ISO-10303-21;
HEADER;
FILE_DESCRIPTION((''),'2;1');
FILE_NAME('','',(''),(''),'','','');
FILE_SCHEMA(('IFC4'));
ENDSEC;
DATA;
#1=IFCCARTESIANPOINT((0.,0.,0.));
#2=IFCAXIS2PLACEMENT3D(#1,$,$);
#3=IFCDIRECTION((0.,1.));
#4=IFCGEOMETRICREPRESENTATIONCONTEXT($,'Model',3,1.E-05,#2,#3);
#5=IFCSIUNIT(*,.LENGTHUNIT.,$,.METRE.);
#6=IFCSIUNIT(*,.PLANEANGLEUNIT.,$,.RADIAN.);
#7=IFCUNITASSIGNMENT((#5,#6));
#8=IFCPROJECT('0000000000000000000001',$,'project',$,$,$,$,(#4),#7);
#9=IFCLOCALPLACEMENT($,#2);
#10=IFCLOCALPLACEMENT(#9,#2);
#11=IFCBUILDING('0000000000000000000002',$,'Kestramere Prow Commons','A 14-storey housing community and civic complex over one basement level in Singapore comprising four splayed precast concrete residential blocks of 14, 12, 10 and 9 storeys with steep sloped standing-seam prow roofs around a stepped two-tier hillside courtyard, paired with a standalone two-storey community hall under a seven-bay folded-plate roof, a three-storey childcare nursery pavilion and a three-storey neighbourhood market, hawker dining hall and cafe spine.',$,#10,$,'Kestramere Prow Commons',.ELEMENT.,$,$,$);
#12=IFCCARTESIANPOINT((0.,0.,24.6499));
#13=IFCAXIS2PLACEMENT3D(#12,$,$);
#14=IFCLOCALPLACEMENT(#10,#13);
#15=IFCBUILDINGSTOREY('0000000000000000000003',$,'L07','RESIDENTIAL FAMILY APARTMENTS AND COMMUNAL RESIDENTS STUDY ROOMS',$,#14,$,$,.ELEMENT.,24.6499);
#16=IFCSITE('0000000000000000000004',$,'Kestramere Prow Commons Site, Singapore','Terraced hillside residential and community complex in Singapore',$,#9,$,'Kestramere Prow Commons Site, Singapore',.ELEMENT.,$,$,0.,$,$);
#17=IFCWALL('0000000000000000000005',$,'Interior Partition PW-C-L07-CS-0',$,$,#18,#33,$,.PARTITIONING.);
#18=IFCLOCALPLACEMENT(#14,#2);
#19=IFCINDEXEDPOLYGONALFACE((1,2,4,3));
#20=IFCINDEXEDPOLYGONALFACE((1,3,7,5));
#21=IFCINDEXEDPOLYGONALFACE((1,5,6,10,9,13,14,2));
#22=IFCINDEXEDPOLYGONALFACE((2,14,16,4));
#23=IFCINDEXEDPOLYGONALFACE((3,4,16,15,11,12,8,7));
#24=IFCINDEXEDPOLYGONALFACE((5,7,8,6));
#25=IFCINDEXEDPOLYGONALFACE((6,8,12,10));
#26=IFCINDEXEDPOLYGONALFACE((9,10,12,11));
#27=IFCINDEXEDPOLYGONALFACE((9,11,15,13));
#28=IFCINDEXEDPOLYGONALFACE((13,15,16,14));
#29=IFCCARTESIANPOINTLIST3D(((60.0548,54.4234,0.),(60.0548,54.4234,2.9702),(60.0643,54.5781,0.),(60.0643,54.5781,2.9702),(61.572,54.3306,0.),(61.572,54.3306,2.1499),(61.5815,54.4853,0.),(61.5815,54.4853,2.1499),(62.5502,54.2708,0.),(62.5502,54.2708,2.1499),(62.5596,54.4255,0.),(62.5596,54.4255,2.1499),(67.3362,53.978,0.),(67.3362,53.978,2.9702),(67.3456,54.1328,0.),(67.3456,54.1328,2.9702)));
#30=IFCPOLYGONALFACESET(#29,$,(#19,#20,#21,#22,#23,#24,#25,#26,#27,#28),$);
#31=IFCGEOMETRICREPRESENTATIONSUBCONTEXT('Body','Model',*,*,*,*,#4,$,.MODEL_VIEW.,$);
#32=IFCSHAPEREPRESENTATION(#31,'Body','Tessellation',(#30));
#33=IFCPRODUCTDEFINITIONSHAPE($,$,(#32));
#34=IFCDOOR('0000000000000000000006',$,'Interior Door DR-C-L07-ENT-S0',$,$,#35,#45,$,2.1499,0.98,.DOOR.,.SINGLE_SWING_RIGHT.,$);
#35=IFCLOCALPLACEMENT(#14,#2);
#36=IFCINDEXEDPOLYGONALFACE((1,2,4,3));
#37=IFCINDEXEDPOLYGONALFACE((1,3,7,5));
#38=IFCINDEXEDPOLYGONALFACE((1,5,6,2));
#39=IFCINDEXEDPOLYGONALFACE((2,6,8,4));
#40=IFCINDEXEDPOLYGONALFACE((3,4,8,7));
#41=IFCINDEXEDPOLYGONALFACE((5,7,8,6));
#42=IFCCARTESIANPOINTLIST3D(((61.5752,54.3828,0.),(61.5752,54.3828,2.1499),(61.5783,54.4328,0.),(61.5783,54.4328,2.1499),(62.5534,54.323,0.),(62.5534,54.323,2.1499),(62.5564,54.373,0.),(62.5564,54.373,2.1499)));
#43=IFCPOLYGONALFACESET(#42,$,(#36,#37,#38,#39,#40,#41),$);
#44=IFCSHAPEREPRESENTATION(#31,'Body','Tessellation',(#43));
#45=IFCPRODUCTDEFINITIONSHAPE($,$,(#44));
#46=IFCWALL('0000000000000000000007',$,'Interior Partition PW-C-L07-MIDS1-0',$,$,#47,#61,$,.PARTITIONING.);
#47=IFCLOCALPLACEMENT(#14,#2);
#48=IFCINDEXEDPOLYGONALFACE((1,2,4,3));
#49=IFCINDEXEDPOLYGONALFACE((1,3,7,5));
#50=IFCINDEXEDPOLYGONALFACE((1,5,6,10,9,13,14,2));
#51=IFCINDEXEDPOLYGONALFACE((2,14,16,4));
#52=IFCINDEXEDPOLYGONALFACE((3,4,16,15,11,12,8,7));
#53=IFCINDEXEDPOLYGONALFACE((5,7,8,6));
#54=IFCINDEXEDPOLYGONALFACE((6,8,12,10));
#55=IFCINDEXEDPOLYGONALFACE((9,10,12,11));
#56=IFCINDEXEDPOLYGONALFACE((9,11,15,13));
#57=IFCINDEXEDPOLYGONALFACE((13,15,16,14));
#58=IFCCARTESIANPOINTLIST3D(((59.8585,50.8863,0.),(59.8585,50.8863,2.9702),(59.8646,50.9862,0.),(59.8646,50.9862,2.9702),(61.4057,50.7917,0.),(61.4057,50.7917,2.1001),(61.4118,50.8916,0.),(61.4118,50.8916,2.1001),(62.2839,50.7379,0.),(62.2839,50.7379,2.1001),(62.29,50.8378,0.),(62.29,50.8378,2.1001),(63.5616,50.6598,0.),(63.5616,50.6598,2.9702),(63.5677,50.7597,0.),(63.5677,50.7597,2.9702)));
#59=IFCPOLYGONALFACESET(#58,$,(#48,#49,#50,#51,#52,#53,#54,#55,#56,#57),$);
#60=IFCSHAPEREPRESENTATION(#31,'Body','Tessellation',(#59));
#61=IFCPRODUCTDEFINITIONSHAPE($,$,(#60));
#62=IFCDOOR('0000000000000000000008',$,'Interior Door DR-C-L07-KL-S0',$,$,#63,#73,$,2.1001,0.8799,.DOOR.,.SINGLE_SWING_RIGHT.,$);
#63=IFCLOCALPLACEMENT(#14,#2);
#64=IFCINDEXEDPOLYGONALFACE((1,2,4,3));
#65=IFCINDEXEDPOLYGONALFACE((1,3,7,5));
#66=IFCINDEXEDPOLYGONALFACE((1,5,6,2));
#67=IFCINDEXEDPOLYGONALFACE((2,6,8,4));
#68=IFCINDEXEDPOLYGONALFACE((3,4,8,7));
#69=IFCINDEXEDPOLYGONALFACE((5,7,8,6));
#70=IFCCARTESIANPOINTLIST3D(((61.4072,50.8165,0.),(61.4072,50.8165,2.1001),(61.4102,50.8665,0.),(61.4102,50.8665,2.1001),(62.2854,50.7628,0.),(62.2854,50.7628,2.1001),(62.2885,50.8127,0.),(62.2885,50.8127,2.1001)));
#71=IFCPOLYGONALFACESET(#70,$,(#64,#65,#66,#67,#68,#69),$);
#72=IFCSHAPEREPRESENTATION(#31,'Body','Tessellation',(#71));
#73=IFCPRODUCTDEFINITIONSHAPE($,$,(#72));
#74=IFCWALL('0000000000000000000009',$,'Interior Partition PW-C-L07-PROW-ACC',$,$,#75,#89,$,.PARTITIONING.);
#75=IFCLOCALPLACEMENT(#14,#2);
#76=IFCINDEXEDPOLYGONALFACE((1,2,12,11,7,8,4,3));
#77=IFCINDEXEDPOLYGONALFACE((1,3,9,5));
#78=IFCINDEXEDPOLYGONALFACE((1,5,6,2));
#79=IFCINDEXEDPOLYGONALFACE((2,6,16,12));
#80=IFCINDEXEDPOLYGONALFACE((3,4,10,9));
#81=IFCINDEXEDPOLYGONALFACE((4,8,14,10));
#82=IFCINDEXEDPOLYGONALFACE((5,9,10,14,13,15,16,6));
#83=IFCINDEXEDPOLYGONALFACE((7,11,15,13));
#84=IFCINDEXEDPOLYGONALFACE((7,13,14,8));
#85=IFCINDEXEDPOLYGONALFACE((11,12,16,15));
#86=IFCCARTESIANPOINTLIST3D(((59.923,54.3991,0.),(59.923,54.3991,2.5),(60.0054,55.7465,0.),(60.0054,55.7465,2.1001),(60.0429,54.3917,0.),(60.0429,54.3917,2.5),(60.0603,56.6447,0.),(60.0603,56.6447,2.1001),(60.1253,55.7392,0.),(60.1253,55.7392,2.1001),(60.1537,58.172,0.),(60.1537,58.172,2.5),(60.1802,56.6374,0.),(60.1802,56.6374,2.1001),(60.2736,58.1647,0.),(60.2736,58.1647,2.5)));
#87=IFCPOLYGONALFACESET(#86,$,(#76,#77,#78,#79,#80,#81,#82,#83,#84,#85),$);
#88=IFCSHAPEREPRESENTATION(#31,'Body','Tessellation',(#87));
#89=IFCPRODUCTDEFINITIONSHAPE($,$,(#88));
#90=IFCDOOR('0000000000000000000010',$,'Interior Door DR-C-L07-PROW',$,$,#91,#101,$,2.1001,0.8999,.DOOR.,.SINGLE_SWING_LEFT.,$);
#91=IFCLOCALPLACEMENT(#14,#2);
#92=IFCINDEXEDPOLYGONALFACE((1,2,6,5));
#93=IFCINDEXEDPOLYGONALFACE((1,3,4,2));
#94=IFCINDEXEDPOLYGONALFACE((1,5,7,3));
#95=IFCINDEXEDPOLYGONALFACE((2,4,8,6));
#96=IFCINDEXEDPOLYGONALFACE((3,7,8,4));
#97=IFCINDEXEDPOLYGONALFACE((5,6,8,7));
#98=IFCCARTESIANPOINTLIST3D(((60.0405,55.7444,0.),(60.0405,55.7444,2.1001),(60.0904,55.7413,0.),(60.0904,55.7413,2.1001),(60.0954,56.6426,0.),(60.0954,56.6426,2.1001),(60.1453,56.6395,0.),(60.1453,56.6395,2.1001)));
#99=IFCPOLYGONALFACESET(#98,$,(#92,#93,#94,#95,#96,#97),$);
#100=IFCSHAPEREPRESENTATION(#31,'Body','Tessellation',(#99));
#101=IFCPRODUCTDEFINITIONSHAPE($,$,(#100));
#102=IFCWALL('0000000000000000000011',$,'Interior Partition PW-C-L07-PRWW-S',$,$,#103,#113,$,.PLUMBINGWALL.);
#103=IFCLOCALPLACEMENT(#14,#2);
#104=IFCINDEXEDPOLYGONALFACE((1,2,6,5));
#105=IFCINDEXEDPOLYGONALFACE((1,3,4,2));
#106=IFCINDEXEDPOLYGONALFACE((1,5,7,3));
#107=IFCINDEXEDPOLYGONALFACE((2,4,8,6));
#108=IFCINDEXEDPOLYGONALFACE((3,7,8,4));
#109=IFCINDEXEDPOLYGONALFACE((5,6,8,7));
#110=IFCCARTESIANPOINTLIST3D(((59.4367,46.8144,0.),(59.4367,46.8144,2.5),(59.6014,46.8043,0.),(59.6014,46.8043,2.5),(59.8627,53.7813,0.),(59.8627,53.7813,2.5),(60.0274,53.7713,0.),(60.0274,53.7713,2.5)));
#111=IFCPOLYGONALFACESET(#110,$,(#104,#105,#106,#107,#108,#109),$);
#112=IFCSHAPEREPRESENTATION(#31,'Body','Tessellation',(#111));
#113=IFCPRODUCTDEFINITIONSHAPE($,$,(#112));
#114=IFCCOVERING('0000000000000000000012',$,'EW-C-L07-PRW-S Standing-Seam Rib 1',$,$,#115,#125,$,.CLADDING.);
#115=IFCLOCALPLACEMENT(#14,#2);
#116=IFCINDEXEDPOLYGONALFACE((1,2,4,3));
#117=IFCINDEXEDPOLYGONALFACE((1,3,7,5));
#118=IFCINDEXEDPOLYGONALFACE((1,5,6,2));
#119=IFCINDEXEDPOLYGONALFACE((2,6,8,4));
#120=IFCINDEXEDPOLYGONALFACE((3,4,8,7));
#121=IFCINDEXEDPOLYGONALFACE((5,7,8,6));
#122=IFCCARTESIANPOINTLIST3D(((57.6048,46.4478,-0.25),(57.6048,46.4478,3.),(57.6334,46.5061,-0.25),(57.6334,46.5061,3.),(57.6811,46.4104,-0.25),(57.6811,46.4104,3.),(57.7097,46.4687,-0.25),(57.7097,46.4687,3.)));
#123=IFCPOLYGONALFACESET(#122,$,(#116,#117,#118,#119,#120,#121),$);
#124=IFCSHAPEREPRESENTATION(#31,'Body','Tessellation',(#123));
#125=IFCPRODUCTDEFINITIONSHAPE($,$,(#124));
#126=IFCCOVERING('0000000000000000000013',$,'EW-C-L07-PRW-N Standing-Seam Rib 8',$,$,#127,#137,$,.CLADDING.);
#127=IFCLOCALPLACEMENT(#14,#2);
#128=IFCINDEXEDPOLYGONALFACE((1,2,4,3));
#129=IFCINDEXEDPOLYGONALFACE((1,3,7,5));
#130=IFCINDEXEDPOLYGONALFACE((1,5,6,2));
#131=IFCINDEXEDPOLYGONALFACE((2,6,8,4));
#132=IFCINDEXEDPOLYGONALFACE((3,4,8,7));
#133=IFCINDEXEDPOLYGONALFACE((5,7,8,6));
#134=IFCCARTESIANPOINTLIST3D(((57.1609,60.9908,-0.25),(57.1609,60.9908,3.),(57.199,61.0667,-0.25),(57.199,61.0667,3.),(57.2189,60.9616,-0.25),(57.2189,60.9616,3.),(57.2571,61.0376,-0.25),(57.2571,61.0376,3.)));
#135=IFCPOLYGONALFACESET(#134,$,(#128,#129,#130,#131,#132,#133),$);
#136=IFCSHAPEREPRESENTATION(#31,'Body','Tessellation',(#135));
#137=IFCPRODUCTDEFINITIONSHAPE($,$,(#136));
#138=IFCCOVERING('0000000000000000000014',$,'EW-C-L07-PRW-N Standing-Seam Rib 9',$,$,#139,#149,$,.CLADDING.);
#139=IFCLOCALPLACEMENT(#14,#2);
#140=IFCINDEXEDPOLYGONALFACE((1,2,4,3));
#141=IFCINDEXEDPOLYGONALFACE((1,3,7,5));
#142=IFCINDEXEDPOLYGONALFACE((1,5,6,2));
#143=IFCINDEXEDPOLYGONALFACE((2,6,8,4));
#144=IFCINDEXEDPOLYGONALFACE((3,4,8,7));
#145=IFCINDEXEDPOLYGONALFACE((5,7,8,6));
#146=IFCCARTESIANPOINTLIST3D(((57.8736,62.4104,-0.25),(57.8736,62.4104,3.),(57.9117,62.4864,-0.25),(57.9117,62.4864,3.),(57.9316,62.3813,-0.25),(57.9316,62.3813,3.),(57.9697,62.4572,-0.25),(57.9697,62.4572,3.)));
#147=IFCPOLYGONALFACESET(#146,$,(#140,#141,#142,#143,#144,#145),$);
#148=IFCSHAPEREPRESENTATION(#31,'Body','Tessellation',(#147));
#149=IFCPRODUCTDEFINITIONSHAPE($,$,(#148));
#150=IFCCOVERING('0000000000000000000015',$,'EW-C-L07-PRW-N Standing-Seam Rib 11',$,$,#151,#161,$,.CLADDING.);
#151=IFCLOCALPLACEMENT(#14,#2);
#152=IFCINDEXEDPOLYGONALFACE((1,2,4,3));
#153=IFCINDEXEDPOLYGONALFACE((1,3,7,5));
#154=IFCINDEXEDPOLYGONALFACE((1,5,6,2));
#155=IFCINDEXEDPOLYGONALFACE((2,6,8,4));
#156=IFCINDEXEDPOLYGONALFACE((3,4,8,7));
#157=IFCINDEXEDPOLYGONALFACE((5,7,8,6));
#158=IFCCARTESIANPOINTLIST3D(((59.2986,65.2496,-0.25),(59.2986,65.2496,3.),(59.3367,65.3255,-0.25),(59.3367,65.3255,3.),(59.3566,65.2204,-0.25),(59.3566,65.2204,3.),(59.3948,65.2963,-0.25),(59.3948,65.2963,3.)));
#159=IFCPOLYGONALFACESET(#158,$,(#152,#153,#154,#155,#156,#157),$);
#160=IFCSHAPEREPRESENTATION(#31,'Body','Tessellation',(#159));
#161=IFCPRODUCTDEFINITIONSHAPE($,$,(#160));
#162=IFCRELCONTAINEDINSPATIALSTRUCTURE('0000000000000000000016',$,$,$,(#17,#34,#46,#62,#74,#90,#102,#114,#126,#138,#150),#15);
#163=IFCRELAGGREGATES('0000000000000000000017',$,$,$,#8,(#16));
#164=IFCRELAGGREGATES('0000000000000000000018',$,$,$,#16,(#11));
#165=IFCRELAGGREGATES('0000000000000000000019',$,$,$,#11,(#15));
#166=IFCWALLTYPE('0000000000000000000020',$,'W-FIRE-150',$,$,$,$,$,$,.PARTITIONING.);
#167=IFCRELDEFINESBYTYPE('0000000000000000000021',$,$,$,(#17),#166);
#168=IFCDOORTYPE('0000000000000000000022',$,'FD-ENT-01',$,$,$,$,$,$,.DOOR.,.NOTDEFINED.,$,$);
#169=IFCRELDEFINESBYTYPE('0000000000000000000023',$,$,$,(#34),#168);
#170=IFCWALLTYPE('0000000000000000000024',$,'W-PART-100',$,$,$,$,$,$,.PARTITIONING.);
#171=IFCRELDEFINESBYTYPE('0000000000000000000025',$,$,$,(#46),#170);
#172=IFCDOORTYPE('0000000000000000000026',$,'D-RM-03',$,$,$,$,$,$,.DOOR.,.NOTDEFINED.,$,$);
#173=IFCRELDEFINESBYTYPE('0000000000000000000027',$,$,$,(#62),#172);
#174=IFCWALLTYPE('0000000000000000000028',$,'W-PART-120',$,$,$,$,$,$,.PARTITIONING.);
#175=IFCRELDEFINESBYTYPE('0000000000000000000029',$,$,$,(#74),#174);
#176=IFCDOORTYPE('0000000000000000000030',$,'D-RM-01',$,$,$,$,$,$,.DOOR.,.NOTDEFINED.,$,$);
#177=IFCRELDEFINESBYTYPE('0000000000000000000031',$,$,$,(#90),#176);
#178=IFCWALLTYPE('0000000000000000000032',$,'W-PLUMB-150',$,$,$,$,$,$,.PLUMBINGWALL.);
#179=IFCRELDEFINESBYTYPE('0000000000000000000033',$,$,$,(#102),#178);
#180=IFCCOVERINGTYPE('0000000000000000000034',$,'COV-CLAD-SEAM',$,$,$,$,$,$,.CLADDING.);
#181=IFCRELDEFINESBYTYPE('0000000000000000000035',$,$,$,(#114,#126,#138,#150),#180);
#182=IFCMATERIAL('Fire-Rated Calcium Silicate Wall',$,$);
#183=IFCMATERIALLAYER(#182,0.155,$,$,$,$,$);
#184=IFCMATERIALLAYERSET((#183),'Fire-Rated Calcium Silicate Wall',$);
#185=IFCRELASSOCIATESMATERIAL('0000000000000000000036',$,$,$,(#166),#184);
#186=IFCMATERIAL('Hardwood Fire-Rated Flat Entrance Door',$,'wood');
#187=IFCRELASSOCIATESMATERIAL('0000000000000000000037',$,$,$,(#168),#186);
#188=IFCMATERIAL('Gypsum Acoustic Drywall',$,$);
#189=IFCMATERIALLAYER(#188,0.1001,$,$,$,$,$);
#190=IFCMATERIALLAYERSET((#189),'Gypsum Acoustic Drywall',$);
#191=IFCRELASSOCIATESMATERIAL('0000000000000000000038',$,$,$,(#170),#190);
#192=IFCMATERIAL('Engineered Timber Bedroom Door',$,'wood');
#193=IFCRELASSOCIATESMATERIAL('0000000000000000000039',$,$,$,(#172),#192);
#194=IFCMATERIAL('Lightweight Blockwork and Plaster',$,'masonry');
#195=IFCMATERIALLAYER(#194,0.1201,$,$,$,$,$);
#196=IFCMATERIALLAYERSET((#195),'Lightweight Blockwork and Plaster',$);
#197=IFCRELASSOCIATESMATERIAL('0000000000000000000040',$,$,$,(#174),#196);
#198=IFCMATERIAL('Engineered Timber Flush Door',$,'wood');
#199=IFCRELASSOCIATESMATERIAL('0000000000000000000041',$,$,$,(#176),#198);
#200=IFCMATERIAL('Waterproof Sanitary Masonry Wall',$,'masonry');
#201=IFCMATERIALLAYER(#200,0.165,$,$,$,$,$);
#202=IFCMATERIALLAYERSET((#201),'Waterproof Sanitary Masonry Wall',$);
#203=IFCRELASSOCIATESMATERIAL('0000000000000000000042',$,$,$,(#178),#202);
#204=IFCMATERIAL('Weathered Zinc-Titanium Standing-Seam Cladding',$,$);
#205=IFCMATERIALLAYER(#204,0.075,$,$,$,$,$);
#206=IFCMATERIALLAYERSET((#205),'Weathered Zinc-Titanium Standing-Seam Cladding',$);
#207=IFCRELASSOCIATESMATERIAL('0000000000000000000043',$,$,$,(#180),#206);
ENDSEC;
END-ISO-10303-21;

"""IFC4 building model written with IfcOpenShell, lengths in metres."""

from ifc_helpers import new_model, si_unit, direction, frame, frame_2d, origin, origin_2d, place, context, subcontext, project, spatial, rectangle, extrude, material, layer, layer_set, type_object, element, fill, save


model = new_model("IFC4")

# Units and contexts
model_context = context("Model", 3, precision=1e-05, world=origin(), true_north=direction((0.0, 1.0)))
body_context = subcontext(model_context, "Body", "Model", "MODEL_VIEW")
ifc_project = project(units=[si_unit("LENGTHUNIT", "METRE"), si_unit("PLANEANGLEUNIT", "RADIAN")], contexts=[model_context])

# Site, building, storey
site_placement = place(None, origin())
site = spatial("IfcSite", under=ifc_project, at=site_placement, Name="Kestramere Prow Commons Site, Singapore", Description="Terraced hillside residential and community complex in Singapore", LongName="Kestramere Prow Commons Site, Singapore", CompositionType="ELEMENT", RefElevation=0.0)
building_placement = place(site_placement, origin())
building = spatial("IfcBuilding", under=site, at=building_placement, Name="Kestramere Prow Commons", Description="A 14-storey housing community and civic complex over one basement level in Singapore comprising four splayed precast concrete residential blocks of 14, 12, 10 and 9 storeys with steep sloped standing-seam prow roofs around a stepped two-tier hillside courtyard, paired with a standalone two-storey community hall under a seven-bay folded-plate roof, a three-storey childcare nursery pavilion and a three-storey neighbourhood market, hawker dining hall and cafe spine.", LongName="Kestramere Prow Commons", CompositionType="ELEMENT")
storey_placement = place(building_placement, frame((0.0, 0.0, 24.6499)))
storey = spatial("IfcBuildingStorey", under=building, at=storey_placement, Name="L07", Description="RESIDENTIAL FAMILY APARTMENTS AND COMMUNAL RESIDENTS STUDY ROOMS", CompositionType="ELEMENT", Elevation=24.6499)

# Shared definitions
ifc_material_1 = material(Name="Weathered Zinc-Titanium Standing-Seam Cladding")

# Walls, openings, doors
ifc_material_2 = material(Name="Fire-Rated Calcium Silicate Wall")
ifc_layer_1 = layer(ifc_material_2, 0.155)
ifc_layer_set_1 = layer_set([ifc_layer_1], Name="Fire-Rated Calcium Silicate Wall")
wall_type_1 = type_object("IfcWallType", Name="W-FIRE-150", PredefinedType="PARTITIONING", material=ifc_layer_set_1)
wall_1_placement = place(storey_placement, frame((60.0596, 54.5007, 0.0), z_axis=(0.0, 0.0, 1.0), x_axis=(0.998135, -0.061045, 0.0)))
wall_1 = element("IfcWall", 1, at=wall_1_placement, inside=storey, type_object=wall_type_1, Name="Interior Partition PW-C-L07-CS-0", PredefinedType="PARTITIONING", context=body_context, shape_type="SweptSolid", body=[
    extrude(rectangle(XDim=7.2949, YDim=0.155, at=frame_2d((3.6475, 0.0))), origin(), (0.0, 0.0, 1.0), 2.9702),
])
opening_1_placement = place(wall_1_placement, frame((1.52, 0.0, 0.0)))
opening_1 = element("IfcOpeningElement", 2, at=opening_1_placement, cuts=wall_1, PredefinedType="OPENING", context=body_context, shape_type="SweptSolid", body=[
    extrude(rectangle(XDim=0.98, YDim=2.1499, at=frame_2d((0.49, 1.075))), frame((0.0, 0.0925, 0.0), z_axis=(0.0, -1.0, 0.0), x_axis=(1.0, 0.0, 0.0)), (0.0, 0.0, 1.0), 0.1851),
])
ifc_material_3 = material(Name="Hardwood Fire-Rated Flat Entrance Door", Category="wood")
door_type_1 = type_object("IfcDoorType", Name="FD-ENT-01", OperationType="NOTDEFINED", PredefinedType="DOOR", material=ifc_material_3)
door_1_placement = place(opening_1_placement, origin())
door_1 = element("IfcDoor", 3, at=door_1_placement, inside=storey, type_object=door_type_1, Name="Interior Door DR-C-L07-ENT-S0", OperationType="SINGLE_SWING_RIGHT", OverallHeight=2.1499, OverallWidth=0.98, PredefinedType="DOOR", context=body_context, shape_type="SweptSolid", body=[
    extrude(rectangle(XDim=0.98, YDim=2.1499, at=frame_2d((0.49, 1.075))), frame((0.0, 0.0249, 0.0), z_axis=(0.0, -1.0, 0.0), x_axis=(1.0, 0.0, 0.0)), (0.0, 0.0, 1.0), 0.05),
])
fill(opening_1, door_1)
ifc_material_4 = material(Name="Gypsum Acoustic Drywall")
ifc_layer_2 = layer(ifc_material_4, 0.1001)
ifc_layer_set_2 = layer_set([ifc_layer_2], Name="Gypsum Acoustic Drywall")
wall_type_2 = type_object("IfcWallType", Name="W-PART-100", PredefinedType="PARTITIONING", material=ifc_layer_set_2)
wall_2_placement = place(storey_placement, frame((59.8616, 50.9363, 0.0), z_axis=(0.0, 0.0, 1.0), x_axis=(0.998134, -0.061067, 0.0)))
wall_2 = element("IfcWall", 4, at=wall_2_placement, inside=storey, type_object=wall_type_2, Name="Interior Partition PW-C-L07-MIDS1-0", PredefinedType="PARTITIONING", context=body_context, shape_type="SweptSolid", body=[
    extrude(rectangle(XDim=3.71, YDim=0.1001, at=frame_2d((1.855, 0.0))), origin(), (0.0, 0.0, 1.0), 2.9702),
])
opening_2_placement = place(wall_2_placement, frame((1.55, 0.0, 0.0)))
opening_2 = element("IfcOpeningElement", 5, at=opening_2_placement, cuts=wall_2, PredefinedType="OPENING", context=body_context, shape_type="SweptSolid", body=[
    extrude(rectangle(XDim=0.8799, YDim=2.1001, at=frame_2d((0.4399, 1.05))), frame((0.0, 0.0649, 0.0), z_axis=(0.0, -1.0, 0.0), x_axis=(1.0, 0.0, 0.0)), (0.0, 0.0, 1.0), 0.1301),
])
ifc_material_5 = material(Name="Engineered Timber Bedroom Door", Category="wood")
door_type_2 = type_object("IfcDoorType", Name="D-RM-03", OperationType="NOTDEFINED", PredefinedType="DOOR", material=ifc_material_5)
door_2_placement = place(opening_2_placement, origin())
door_2 = element("IfcDoor", 6, at=door_2_placement, inside=storey, type_object=door_type_2, Name="Interior Door DR-C-L07-KL-S0", OperationType="SINGLE_SWING_RIGHT", OverallHeight=2.1001, OverallWidth=0.8799, PredefinedType="DOOR", context=body_context, shape_type="SweptSolid", body=[
    extrude(rectangle(XDim=0.8799, YDim=2.1001, at=frame_2d((0.4399, 1.05))), frame((0.0, 0.0249, 0.0), z_axis=(0.0, -1.0, 0.0), x_axis=(1.0, 0.0, 0.0)), (0.0, 0.0, 1.0), 0.05),
])
fill(opening_2, door_2)
ifc_material_6 = material(Name="Lightweight Blockwork and Plaster", Category="masonry")
ifc_layer_3 = layer(ifc_material_6, 0.1201)
ifc_layer_set_3 = layer_set([ifc_layer_3], Name="Lightweight Blockwork and Plaster")
wall_type_3 = type_object("IfcWallType", Name="W-PART-120", PredefinedType="PARTITIONING", material=ifc_layer_set_3)
wall_3_placement = place(storey_placement, frame((59.9829, 54.3953, 0.0), z_axis=(0.0, 0.0, 1.0), x_axis=(0.061035, 0.998136, 0.0)))
wall_3 = element("IfcWall", 7, at=wall_3_placement, inside=storey, type_object=wall_type_3, Name="Interior Partition PW-C-L07-PROW-ACC", PredefinedType="PARTITIONING", context=body_context, shape_type="SweptSolid", body=[
    extrude(rectangle(XDim=3.78, YDim=0.1201, at=frame_2d((1.8901, 0.0))), origin(), (0.0, 0.0, 1.0), 2.5),
])
opening_3_placement = place(wall_3_placement, frame((1.3501, 0.0, 0.0)))
opening_3 = element("IfcOpeningElement", 8, at=opening_3_placement, cuts=wall_3, PredefinedType="OPENING", context=body_context, shape_type="SweptSolid", body=[
    extrude(rectangle(XDim=0.8999, YDim=2.1001, at=frame_2d((0.45, 1.05))), frame((0.0, 0.075, 0.0), z_axis=(0.0, -1.0, 0.0), x_axis=(1.0, 0.0, 0.0)), (0.0, 0.0, 1.0), 0.1501),
])
ifc_material_7 = material(Name="Engineered Timber Flush Door", Category="wood")
door_type_3 = type_object("IfcDoorType", Name="D-RM-01", OperationType="NOTDEFINED", PredefinedType="DOOR", material=ifc_material_7)
door_3_placement = place(opening_3_placement, origin())
door_3 = element("IfcDoor", 9, at=door_3_placement, inside=storey, type_object=door_type_3, Name="Interior Door DR-C-L07-PROW", OperationType="SINGLE_SWING_LEFT", OverallHeight=2.1001, OverallWidth=0.8999, PredefinedType="DOOR", context=body_context, shape_type="SweptSolid", body=[
    extrude(rectangle(XDim=0.8999, YDim=2.1001, at=frame_2d((0.45, 1.05))), frame((0.0, 0.0249, 0.0), z_axis=(0.0, -1.0, 0.0), x_axis=(1.0, 0.0, 0.0)), (0.0, 0.0, 1.0), 0.05),
])
fill(opening_3, door_3)

# Wall
ifc_material_8 = material(Name="Waterproof Sanitary Masonry Wall", Category="masonry")
ifc_layer_4 = layer(ifc_material_8, 0.165)
ifc_layer_set_4 = layer_set([ifc_layer_4], Name="Waterproof Sanitary Masonry Wall")
wall_type_4 = type_object("IfcWallType", Name="W-PLUMB-150", PredefinedType="PLUMBINGWALL", material=ifc_layer_set_4)
wall_4_placement = place(storey_placement, frame((59.519, 46.8093, 0.0), z_axis=(0.0, 0.0, 1.0), x_axis=(0.061035, 0.998136, 0.0)))
element("IfcWall", 10, at=wall_4_placement, inside=storey, type_object=wall_type_4, Name="Interior Partition PW-C-L07-PRWW-S", PredefinedType="PLUMBINGWALL", context=body_context, shape_type="SweptSolid", body=[
    extrude(rectangle(XDim=6.98, YDim=0.165, at=frame_2d((3.49, 0.0))), origin(), (0.0, 0.0, 1.0), 2.5),
])

# Coverings
ifc_layer_5 = layer(ifc_material_1, 0.075)
ifc_layer_set_5 = layer_set([ifc_layer_5], Name="Weathered Zinc-Titanium Standing-Seam Cladding")
covering_type = type_object("IfcCoveringType", Name="COV-CLAD-SEAM", PredefinedType="CLADDING", material=ifc_layer_set_5)
for number, where, z_axis, x_axis, name in (
    (11, (57.6572, 46.4583, -0.25), (0.0, 0.0, 1.0), (-0.897771, 0.440463, 0.0), "EW-C-L07-PRW-S Standing-Seam Rib 1"),
    (12, (57.209, 61.0142, -0.25), (0.0, 0.0, 1.0), (0.44862, 0.893722, 0.0), "EW-C-L07-PRW-N Standing-Seam Rib 8"),
    (13, (57.9216, 62.4338, -0.25), (0.0, 0.0, 1.0), (0.44862, 0.893722, 0.0), "EW-C-L07-PRW-N Standing-Seam Rib 9"),
    (14, (59.3467, 65.2729, -0.25), (0.0, 0.0, 1.0), (0.44862, 0.893722, 0.0), "EW-C-L07-PRW-N Standing-Seam Rib 11"),
):
    element("IfcCovering", number, at=place(storey_placement, frame(where, z_axis=z_axis, x_axis=x_axis)), inside=storey, type_object=covering_type, Name=name, PredefinedType="CLADDING", context=body_context, shape_type="SweptSolid", body=[
        extrude(rectangle(XDim=0.085, YDim=0.0649, at=origin_2d()), origin(), (0.0, 0.0, 1.0), 3.25),
    ])

save(model, "model.ifc")
